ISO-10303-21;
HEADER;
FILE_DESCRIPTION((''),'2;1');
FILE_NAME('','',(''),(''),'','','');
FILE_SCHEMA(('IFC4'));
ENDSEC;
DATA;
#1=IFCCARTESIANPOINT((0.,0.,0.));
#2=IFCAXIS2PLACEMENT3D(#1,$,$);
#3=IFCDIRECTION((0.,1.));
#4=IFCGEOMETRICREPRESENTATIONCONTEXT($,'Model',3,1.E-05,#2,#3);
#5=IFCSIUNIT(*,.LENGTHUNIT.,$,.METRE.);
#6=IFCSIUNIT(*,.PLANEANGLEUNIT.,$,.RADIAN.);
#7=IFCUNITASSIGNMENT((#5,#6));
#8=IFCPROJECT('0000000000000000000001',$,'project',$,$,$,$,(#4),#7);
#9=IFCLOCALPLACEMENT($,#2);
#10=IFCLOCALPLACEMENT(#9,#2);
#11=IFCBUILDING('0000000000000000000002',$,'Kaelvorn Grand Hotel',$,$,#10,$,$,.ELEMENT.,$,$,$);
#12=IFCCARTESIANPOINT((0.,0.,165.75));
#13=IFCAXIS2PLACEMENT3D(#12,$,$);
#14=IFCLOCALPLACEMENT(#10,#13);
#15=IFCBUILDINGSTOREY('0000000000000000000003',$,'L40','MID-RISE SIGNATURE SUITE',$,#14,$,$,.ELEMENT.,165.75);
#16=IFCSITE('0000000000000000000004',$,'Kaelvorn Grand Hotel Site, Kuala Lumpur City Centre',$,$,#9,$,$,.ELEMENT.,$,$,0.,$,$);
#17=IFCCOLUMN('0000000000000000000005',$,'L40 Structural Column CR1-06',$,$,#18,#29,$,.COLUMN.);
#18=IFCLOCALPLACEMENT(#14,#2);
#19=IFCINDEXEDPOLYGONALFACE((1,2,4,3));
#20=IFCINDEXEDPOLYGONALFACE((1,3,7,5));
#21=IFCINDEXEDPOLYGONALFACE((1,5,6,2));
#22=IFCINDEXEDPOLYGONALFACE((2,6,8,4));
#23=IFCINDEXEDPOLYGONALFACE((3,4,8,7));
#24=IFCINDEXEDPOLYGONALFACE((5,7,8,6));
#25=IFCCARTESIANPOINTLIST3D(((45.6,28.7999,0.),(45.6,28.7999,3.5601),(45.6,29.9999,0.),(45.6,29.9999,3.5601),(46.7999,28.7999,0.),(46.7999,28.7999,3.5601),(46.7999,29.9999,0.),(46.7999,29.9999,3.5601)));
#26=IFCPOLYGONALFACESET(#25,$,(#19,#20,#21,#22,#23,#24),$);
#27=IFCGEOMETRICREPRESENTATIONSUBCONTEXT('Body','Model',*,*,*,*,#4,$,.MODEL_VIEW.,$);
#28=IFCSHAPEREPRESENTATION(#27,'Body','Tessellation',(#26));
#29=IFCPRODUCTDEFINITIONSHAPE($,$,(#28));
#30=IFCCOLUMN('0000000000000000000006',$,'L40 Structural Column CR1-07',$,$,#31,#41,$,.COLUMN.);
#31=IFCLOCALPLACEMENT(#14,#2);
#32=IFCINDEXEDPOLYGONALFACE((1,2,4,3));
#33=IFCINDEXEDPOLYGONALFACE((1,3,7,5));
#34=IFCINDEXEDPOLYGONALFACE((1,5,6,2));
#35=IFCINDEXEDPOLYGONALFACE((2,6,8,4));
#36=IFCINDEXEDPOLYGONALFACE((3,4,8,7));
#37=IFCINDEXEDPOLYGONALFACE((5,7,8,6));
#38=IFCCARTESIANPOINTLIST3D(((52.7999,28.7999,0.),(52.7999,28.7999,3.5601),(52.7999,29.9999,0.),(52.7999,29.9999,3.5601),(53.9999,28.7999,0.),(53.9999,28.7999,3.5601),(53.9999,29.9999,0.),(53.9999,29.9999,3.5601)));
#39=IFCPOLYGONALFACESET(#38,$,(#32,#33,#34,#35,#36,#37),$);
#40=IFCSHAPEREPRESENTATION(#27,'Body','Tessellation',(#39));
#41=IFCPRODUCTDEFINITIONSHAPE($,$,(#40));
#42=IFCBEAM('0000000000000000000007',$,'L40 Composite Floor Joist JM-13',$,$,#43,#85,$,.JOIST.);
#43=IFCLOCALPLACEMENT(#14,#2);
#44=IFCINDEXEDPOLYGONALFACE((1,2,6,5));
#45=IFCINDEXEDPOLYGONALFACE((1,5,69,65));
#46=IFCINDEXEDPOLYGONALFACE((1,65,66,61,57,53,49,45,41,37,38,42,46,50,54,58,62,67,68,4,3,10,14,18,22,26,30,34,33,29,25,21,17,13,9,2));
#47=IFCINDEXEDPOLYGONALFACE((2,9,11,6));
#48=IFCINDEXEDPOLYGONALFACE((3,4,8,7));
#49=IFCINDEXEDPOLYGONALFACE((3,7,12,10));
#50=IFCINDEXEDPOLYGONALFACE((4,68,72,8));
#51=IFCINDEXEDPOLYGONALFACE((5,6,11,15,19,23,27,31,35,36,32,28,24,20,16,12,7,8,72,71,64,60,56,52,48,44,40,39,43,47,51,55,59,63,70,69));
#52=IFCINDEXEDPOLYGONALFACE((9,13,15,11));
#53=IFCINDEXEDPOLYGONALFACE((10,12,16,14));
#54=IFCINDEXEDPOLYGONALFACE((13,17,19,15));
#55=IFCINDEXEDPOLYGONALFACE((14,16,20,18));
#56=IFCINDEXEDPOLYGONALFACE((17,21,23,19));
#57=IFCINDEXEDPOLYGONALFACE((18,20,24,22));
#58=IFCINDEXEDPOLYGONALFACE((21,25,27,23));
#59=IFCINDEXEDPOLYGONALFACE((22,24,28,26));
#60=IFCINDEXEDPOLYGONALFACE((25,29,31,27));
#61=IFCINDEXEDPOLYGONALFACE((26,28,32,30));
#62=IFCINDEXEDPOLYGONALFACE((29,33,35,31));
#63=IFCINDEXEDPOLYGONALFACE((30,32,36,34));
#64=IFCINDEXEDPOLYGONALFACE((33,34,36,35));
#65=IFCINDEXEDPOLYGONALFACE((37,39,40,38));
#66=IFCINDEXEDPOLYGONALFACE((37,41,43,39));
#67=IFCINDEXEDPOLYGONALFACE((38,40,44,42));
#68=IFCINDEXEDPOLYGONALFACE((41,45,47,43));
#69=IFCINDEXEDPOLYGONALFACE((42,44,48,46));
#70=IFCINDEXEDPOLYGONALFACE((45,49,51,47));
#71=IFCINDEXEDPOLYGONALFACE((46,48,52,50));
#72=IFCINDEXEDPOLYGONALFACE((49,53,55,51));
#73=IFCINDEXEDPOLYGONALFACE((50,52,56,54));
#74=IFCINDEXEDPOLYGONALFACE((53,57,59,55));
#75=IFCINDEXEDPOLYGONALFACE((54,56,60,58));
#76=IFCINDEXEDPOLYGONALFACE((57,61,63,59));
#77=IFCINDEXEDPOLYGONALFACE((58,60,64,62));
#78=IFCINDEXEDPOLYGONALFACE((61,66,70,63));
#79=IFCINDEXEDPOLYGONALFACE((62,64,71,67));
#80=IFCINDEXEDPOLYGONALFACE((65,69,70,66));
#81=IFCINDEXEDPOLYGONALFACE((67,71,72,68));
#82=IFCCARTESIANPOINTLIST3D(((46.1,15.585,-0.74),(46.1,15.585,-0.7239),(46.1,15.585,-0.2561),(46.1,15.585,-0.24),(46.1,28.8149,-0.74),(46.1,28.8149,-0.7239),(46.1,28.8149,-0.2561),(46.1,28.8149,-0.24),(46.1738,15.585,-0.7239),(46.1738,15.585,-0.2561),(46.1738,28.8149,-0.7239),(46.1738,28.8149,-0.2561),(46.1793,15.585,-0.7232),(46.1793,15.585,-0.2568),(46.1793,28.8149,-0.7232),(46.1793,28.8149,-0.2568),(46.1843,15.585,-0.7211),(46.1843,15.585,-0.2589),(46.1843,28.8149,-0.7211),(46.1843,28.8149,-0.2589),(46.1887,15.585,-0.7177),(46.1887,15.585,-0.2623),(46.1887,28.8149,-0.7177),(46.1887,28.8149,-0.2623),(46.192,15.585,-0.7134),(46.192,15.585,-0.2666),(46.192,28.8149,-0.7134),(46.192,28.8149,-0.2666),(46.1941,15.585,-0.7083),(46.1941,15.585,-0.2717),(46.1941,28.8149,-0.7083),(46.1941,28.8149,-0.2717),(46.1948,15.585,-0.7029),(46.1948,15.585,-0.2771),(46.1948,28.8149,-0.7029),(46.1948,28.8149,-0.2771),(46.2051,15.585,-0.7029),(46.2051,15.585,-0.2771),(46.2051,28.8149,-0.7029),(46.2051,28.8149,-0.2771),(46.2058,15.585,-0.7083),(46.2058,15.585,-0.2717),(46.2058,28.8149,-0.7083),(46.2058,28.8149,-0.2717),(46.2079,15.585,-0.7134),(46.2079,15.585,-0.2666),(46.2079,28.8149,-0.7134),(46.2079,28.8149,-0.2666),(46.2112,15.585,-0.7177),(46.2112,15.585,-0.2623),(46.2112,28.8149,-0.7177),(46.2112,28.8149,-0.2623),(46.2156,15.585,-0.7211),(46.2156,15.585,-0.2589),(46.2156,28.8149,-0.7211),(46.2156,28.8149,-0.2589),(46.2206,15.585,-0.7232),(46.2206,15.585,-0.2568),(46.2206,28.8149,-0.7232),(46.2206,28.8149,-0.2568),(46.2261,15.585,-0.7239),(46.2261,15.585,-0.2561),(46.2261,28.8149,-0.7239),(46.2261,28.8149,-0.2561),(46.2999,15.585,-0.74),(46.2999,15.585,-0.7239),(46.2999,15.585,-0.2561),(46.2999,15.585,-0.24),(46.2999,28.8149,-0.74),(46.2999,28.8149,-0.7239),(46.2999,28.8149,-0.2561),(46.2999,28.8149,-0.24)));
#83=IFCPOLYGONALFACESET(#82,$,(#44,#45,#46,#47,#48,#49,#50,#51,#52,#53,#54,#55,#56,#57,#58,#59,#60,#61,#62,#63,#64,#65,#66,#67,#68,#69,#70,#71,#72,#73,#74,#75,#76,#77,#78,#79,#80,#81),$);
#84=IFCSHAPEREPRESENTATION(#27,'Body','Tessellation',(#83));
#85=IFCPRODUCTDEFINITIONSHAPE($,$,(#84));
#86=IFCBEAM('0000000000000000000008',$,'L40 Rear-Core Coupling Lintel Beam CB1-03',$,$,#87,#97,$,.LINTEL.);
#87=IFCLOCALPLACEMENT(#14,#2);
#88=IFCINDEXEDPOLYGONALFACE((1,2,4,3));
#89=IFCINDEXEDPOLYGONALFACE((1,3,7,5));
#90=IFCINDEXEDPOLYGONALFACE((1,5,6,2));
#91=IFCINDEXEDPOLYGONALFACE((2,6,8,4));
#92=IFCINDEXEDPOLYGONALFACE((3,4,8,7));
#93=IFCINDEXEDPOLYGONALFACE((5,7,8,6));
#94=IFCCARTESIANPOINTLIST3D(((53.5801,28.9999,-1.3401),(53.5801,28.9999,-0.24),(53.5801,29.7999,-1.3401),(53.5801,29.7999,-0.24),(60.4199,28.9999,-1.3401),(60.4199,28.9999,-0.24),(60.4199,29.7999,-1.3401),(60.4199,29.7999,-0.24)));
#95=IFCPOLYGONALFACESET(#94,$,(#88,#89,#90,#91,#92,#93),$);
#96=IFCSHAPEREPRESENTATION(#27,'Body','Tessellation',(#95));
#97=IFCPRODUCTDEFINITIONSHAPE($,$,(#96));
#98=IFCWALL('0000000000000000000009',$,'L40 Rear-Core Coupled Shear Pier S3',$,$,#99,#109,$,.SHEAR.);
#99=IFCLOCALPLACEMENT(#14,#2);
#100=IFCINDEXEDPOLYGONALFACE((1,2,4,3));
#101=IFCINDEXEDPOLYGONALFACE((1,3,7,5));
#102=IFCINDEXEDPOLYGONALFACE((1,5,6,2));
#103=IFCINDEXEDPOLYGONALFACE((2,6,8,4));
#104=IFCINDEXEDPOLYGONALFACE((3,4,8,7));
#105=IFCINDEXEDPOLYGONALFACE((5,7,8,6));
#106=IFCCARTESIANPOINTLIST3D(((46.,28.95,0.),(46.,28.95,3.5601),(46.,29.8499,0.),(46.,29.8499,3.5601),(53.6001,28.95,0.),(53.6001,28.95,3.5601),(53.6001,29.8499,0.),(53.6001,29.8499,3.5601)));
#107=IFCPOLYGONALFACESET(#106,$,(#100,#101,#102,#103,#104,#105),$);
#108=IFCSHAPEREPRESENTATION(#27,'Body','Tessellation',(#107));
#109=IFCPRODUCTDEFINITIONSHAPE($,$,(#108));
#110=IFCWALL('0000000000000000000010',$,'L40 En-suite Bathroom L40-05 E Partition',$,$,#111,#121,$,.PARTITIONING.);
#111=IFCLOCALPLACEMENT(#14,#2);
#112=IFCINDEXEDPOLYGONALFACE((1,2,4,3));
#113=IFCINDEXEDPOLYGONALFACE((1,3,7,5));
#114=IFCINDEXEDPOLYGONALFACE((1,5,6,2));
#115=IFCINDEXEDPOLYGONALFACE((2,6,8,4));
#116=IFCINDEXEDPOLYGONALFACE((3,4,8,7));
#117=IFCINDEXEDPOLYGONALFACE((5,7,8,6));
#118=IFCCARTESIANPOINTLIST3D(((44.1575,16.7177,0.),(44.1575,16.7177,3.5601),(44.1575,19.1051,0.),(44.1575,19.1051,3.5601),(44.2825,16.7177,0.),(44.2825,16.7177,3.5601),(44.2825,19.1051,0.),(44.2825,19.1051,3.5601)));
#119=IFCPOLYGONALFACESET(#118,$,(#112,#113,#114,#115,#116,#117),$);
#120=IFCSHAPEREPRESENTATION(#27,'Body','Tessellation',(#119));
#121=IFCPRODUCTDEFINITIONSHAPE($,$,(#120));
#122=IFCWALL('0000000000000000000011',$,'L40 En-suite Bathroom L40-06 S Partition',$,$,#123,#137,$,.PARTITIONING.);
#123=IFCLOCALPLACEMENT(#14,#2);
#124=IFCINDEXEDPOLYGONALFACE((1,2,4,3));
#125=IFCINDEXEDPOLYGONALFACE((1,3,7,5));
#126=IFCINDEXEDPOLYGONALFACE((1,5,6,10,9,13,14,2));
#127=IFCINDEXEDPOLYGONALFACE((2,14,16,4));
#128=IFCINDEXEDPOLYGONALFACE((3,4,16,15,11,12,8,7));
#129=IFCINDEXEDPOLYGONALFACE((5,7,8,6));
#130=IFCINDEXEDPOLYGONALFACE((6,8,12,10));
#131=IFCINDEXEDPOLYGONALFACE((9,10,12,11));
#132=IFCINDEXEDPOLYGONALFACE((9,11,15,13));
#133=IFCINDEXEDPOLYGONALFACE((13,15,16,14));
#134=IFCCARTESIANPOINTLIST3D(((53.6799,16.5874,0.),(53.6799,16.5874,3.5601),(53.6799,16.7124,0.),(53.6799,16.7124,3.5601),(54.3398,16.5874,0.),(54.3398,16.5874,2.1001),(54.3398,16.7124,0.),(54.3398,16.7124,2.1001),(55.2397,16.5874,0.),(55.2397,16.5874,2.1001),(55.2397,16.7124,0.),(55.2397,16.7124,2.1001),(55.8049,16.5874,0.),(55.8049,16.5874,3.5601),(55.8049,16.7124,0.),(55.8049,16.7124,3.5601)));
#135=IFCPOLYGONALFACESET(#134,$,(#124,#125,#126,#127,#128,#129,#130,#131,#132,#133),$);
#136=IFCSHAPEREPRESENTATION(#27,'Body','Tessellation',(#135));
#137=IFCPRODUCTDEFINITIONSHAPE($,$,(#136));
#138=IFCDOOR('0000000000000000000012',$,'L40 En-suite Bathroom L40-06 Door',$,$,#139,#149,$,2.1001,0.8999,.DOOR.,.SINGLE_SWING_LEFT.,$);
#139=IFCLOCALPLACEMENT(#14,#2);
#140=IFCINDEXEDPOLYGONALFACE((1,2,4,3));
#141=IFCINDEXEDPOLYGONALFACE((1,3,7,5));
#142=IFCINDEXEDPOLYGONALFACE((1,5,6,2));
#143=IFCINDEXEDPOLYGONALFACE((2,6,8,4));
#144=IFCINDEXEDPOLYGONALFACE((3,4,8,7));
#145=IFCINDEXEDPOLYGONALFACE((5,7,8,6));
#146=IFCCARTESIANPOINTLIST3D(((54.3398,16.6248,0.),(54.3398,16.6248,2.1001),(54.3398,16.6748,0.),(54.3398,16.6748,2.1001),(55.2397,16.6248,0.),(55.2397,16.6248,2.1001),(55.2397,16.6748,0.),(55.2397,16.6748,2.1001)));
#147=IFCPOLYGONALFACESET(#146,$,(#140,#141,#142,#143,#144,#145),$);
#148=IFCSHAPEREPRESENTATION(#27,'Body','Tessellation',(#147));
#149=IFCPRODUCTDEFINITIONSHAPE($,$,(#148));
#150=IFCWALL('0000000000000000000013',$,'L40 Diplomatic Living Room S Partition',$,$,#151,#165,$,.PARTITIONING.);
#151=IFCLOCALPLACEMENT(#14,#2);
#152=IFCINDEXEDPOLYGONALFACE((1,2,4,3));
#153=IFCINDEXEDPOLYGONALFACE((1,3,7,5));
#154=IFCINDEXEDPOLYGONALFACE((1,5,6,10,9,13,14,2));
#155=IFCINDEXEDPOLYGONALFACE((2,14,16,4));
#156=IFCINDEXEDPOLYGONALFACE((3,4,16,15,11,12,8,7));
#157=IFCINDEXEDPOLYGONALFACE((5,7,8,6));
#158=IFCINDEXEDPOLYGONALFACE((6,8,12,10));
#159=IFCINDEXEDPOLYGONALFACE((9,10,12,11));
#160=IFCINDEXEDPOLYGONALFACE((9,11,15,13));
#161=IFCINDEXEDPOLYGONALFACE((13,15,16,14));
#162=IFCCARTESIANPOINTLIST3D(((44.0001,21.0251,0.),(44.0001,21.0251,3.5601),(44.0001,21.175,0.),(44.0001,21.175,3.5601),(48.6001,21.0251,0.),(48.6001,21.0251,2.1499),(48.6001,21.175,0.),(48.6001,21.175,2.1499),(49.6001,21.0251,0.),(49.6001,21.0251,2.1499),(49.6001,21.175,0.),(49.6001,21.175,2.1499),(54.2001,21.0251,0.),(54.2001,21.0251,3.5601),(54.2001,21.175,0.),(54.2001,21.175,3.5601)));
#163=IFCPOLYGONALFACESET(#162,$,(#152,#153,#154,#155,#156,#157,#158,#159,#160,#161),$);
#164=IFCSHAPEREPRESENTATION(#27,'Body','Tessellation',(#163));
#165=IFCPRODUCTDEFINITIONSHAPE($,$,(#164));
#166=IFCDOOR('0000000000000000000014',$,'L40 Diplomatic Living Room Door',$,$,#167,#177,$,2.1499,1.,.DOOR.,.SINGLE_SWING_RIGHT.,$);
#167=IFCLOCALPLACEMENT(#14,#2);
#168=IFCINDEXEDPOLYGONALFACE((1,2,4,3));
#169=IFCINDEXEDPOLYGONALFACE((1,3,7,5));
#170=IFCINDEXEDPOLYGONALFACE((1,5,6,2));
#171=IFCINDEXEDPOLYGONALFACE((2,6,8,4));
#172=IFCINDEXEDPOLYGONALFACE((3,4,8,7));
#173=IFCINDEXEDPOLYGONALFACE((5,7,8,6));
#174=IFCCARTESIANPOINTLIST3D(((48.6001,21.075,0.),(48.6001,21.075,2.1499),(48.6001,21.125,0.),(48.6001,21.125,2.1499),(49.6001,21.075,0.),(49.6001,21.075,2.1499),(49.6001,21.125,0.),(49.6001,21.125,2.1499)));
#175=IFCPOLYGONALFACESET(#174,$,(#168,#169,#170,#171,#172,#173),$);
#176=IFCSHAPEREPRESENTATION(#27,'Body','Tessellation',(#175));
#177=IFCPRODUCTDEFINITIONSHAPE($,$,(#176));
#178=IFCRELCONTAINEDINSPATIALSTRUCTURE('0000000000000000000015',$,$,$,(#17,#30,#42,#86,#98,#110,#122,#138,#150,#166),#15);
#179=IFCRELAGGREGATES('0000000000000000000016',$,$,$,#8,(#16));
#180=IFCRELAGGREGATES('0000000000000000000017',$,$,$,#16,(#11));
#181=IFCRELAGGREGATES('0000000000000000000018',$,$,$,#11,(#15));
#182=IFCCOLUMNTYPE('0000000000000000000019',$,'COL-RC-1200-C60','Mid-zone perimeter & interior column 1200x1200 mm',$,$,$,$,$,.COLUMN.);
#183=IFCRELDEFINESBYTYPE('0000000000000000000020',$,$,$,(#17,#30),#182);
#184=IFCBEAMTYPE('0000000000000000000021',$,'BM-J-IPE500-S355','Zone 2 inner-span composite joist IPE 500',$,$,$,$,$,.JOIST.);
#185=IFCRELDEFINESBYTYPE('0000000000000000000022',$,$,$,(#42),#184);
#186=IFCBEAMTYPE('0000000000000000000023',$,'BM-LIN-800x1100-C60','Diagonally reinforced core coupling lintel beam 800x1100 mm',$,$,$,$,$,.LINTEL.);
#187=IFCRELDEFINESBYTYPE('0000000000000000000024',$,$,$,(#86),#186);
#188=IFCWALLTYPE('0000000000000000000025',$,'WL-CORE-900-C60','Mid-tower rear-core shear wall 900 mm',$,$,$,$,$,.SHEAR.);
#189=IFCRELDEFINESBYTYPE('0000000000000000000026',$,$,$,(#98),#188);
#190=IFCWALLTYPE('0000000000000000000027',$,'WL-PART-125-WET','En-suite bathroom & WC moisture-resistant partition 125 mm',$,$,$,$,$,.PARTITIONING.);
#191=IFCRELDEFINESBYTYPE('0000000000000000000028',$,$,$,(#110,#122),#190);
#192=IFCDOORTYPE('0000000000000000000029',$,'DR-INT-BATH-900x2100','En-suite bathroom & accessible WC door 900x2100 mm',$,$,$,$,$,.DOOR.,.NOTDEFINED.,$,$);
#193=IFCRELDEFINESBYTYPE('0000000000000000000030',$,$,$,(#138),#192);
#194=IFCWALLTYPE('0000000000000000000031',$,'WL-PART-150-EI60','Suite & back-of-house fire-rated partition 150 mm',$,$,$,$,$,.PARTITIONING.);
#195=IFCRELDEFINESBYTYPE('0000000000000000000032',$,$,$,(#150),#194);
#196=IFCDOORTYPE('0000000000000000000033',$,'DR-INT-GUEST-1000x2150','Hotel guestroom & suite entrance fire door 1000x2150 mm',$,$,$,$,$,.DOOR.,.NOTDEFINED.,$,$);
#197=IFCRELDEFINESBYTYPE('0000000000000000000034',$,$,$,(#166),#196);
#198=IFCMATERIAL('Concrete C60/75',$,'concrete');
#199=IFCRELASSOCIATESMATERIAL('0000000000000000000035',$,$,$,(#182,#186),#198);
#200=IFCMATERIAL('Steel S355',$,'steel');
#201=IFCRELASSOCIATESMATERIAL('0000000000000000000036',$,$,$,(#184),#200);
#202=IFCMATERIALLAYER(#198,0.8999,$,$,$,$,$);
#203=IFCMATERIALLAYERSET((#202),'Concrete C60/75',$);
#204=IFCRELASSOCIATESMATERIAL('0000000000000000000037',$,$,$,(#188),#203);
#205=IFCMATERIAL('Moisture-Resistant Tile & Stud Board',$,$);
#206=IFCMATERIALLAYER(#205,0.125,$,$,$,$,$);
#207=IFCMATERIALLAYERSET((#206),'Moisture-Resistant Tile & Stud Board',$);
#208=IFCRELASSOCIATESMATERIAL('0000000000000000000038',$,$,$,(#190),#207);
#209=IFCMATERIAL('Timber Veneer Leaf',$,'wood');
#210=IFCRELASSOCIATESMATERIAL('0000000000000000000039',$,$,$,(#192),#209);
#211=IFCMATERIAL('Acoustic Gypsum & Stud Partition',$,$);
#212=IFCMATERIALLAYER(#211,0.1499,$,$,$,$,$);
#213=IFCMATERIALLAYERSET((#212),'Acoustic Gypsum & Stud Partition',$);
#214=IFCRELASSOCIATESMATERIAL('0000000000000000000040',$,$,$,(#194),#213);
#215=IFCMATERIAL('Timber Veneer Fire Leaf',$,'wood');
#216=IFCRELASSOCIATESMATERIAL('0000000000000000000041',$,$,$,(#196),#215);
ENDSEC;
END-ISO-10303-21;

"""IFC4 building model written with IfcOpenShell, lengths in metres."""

from ifc_helpers import new_model, si_unit, direction, frame, frame_2d, origin, origin_2d, place, context, subcontext, project, spatial, rectangle, i_section, extrude, material, layer, layer_set, material_profile, profile_set, type_object, element, fill, save


model = new_model("IFC4")

# Units and contexts
model_context = context("Model", 3, precision=1e-05, world=origin(), true_north=direction((0.0, 1.0)))
body_context = subcontext(model_context, "Body", "Model", "MODEL_VIEW")
ifc_project = project(units=[si_unit("LENGTHUNIT", "METRE"), si_unit("PLANEANGLEUNIT", "RADIAN")], contexts=[model_context])

# Site, building, storey
site_placement = place(None, origin())
site = spatial("IfcSite", under=ifc_project, at=site_placement, Name="Kaelvorn Grand Hotel Site, Kuala Lumpur City Centre", CompositionType="ELEMENT", RefElevation=0.0)
building_placement = place(site_placement, origin())
building = spatial("IfcBuilding", under=site, at=building_placement, Name="Kaelvorn Grand Hotel", CompositionType="ELEMENT")
storey_placement = place(building_placement, frame((0.0, 0.0, 165.75)))
storey = spatial("IfcBuildingStorey", under=building, at=storey_placement, Name="L40", Description="MID-RISE SIGNATURE SUITE", CompositionType="ELEMENT", Elevation=165.75)

# Columns
ifc_material_1 = material(Name="Concrete C60/75", Category="concrete")
ifc_material_profile_1 = material_profile(ifc_material_1, rectangle(XDim=1.2, YDim=1.2, at=origin_2d()), Name="RC COL 1200x1200")
ifc_profile_set_1 = profile_set([ifc_material_profile_1], Name="Concrete C60/75")
column_type = type_object("IfcColumnType", Name="COL-RC-1200-C60", Description="Mid-zone perimeter & interior column 1200x1200 mm", PredefinedType="COLUMN", material=ifc_profile_set_1)
for number, where, z_axis, x_axis, name in (
    (1, (46.2, 29.3999, 0.0), (0.0, 0.0, 1.0), (1.0, 0.0, 0.0), "L40 Structural Column CR1-06"),
    (2, (53.3999, 29.3999, 0.0), (0.0, 0.0, 1.0), (1.0, 0.0, 0.0), "L40 Structural Column CR1-07"),
):
    element("IfcColumn", number, at=place(storey_placement, frame(where, z_axis=z_axis, x_axis=x_axis)), inside=storey, type_object=column_type, Name=name, PredefinedType="COLUMN", context=body_context, shape_type="SweptSolid", body=[
        extrude(rectangle(XDim=1.2, YDim=1.2, at=origin_2d()), origin(), (0.0, 0.0, 1.0), 3.5601),
    ])

# Beams
ifc_material_2 = material(Name="Steel S355", Category="steel")
ifc_material_profile_2 = material_profile(ifc_material_2, i_section(OverallWidth=0.2, OverallDepth=0.5, WebThickness=0.0103, FlangeThickness=0.0161, FilletRadius=0.021, at=origin_2d()), Name="IPE 500")
ifc_profile_set_2 = profile_set([ifc_material_profile_2], Name="Steel S355")
beam_type_1 = type_object("IfcBeamType", Name="BM-J-IPE500-S355", Description="Zone 2 inner-span composite joist IPE 500", PredefinedType="JOIST", material=ifc_profile_set_2)
beam_1_placement = place(storey_placement, frame((46.2, 15.585, -0.49), z_axis=(0.0, 1.0, 0.0), x_axis=(-1.0, 0.0, 0.0)))
element("IfcBeam", 3, at=beam_1_placement, inside=storey, type_object=beam_type_1, Name="L40 Composite Floor Joist JM-13", PredefinedType="JOIST", context=body_context, shape_type="SweptSolid", body=[
    extrude(i_section(OverallWidth=0.2, OverallDepth=0.5, WebThickness=0.0103, FlangeThickness=0.0161, FilletRadius=0.021, at=origin_2d()), origin(), (0.0, 0.0, 1.0), 13.23),
])
ifc_material_profile_3 = material_profile(ifc_material_1, rectangle(XDim=0.8, YDim=1.1001, at=origin_2d()), Name="RC LINTEL 800x1100")
ifc_profile_set_3 = profile_set([ifc_material_profile_3], Name="Concrete C60/75")
beam_type_2 = type_object("IfcBeamType", Name="BM-LIN-800x1100-C60", Description="Diagonally reinforced core coupling lintel beam 800x1100 mm", PredefinedType="LINTEL", material=ifc_profile_set_3)
beam_2_placement = place(storey_placement, frame((53.5801, 29.3999, -0.79), z_axis=(1.0, 0.0, 0.0), x_axis=(0.0, 1.0, 0.0)))
element("IfcBeam", 4, at=beam_2_placement, inside=storey, type_object=beam_type_2, Name="L40 Rear-Core Coupling Lintel Beam CB1-03", PredefinedType="LINTEL", context=body_context, shape_type="SweptSolid", body=[
    extrude(rectangle(XDim=0.8, YDim=1.1001, at=origin_2d()), origin(), (0.0, 0.0, 1.0), 6.8398),
])

# Walls
ifc_layer_1 = layer(ifc_material_1, 0.8999)
ifc_layer_set_1 = layer_set([ifc_layer_1], Name="Concrete C60/75")
wall_type_1 = type_object("IfcWallType", Name="WL-CORE-900-C60", Description="Mid-tower rear-core shear wall 900 mm", PredefinedType="SHEAR", material=ifc_layer_set_1)
wall_1_placement = place(storey_placement, frame((46.0, 29.3999, 0.0), z_axis=(0.0, 0.0, 1.0), x_axis=(1.0, 0.0, 0.0)))
element("IfcWall", 5, at=wall_1_placement, inside=storey, type_object=wall_type_1, Name="L40 Rear-Core Coupled Shear Pier S3", PredefinedType="SHEAR", context=body_context, shape_type="SweptSolid", body=[
    extrude(rectangle(XDim=7.6001, YDim=0.8999, at=frame_2d((3.8, 0.0))), origin(), (0.0, 0.0, 1.0), 3.5601),
])
ifc_material_3 = material(Name="Moisture-Resistant Tile & Stud Board")
ifc_layer_2 = layer(ifc_material_3, 0.125)
ifc_layer_set_2 = layer_set([ifc_layer_2], Name="Moisture-Resistant Tile & Stud Board")
wall_type_2 = type_object("IfcWallType", Name="WL-PART-125-WET", Description="En-suite bathroom & WC moisture-resistant partition 125 mm", PredefinedType="PARTITIONING", material=ifc_layer_set_2)
wall_2_placement = place(storey_placement, frame((44.22, 16.7175, 0.0), z_axis=(0.0, 0.0, 1.0), x_axis=(0.0, 1.0, 0.0)))
element("IfcWall", 6, at=wall_2_placement, inside=storey, type_object=wall_type_2, Name="L40 En-suite Bathroom L40-05 E Partition", PredefinedType="PARTITIONING", context=body_context, shape_type="SweptSolid", body=[
    extrude(rectangle(XDim=2.3875, YDim=0.125, at=frame_2d((1.1938, 0.0))), origin(), (0.0, 0.0, 1.0), 3.5601),
])

# Walls, openings, doors
wall_3_placement = place(storey_placement, frame((53.6799, 16.6499, 0.0), z_axis=(0.0, 0.0, 1.0), x_axis=(1.0, 0.0, 0.0)))
wall_3 = element("IfcWall", 7, at=wall_3_placement, inside=storey, type_object=wall_type_2, Name="L40 En-suite Bathroom L40-06 S Partition", PredefinedType="PARTITIONING", context=body_context, shape_type="SweptSolid", body=[
    extrude(rectangle(XDim=2.125, YDim=0.125, at=frame_2d((1.0625, 0.0))), origin(), (0.0, 0.0, 1.0), 3.5601),
])
opening_1_placement = place(wall_3_placement, frame((0.6599, 0.0, 0.0)))
opening_1 = element("IfcOpeningElement", 8, at=opening_1_placement, cuts=wall_3, PredefinedType="OPENING", context=body_context, shape_type="SweptSolid", body=[
    extrude(rectangle(XDim=0.8999, YDim=2.1001, at=frame_2d((0.45, 1.05))), frame((0.0, 0.0725, 0.0), z_axis=(0.0, -1.0, 0.0), x_axis=(1.0, 0.0, 0.0)), (0.0, 0.0, 1.0), 0.145),
])
ifc_material_4 = material(Name="Timber Veneer Leaf", Category="wood")
door_type_1 = type_object("IfcDoorType", Name="DR-INT-BATH-900x2100", Description="En-suite bathroom & accessible WC door 900x2100 mm", OperationType="NOTDEFINED", PredefinedType="DOOR", material=ifc_material_4)
door_1_placement = place(opening_1_placement, origin())
door_1 = element("IfcDoor", 9, at=door_1_placement, inside=storey, type_object=door_type_1, Name="L40 En-suite Bathroom L40-06 Door", OperationType="SINGLE_SWING_LEFT", OverallHeight=2.1001, OverallWidth=0.8999, PredefinedType="DOOR", context=body_context, shape_type="SweptSolid", body=[
    extrude(rectangle(XDim=0.8999, YDim=2.1001, at=frame_2d((0.45, 1.05))), frame((0.0, 0.0249, 0.0), z_axis=(0.0, -1.0, 0.0), x_axis=(1.0, 0.0, 0.0)), (0.0, 0.0, 1.0), 0.05),
])
fill(opening_1, door_1)
ifc_material_5 = material(Name="Acoustic Gypsum & Stud Partition")
ifc_layer_3 = layer(ifc_material_5, 0.1499)
ifc_layer_set_3 = layer_set([ifc_layer_3], Name="Acoustic Gypsum & Stud Partition")
wall_type_3 = type_object("IfcWallType", Name="WL-PART-150-EI60", Description="Suite & back-of-house fire-rated partition 150 mm", PredefinedType="PARTITIONING", material=ifc_layer_set_3)
wall_4_placement = place(storey_placement, frame((44.0, 21.1001, 0.0), z_axis=(0.0, 0.0, 1.0), x_axis=(1.0, 0.0, 0.0)))
wall_4 = element("IfcWall", 10, at=wall_4_placement, inside=storey, type_object=wall_type_3, Name="L40 Diplomatic Living Room S Partition", PredefinedType="PARTITIONING", context=body_context, shape_type="SweptSolid", body=[
    extrude(rectangle(XDim=10.2, YDim=0.1499, at=frame_2d((5.1001, 0.0))), origin(), (0.0, 0.0, 1.0), 3.5601),
])
opening_2_placement = place(wall_4_placement, frame((4.6001, 0.0, 0.0)))
opening_2 = element("IfcOpeningElement", 11, at=opening_2_placement, cuts=wall_4, PredefinedType="OPENING", context=body_context, shape_type="SweptSolid", body=[
    extrude(rectangle(XDim=1.0, YDim=2.1499, at=frame_2d((0.5, 1.075))), frame((0.0, 0.085, 0.0), z_axis=(0.0, -1.0, 0.0), x_axis=(1.0, 0.0, 0.0)), (0.0, 0.0, 1.0), 0.1699),
])
ifc_material_6 = material(Name="Timber Veneer Fire Leaf", Category="wood")
door_type_2 = type_object("IfcDoorType", Name="DR-INT-GUEST-1000x2150", Description="Hotel guestroom & suite entrance fire door 1000x2150 mm", OperationType="NOTDEFINED", PredefinedType="DOOR", material=ifc_material_6)
door_2_placement = place(opening_2_placement, origin())
door_2 = element("IfcDoor", 12, at=door_2_placement, inside=storey, type_object=door_type_2, Name="L40 Diplomatic Living Room Door", OperationType="SINGLE_SWING_RIGHT", OverallHeight=2.1499, OverallWidth=1.0, PredefinedType="DOOR", context=body_context, shape_type="SweptSolid", body=[
    extrude(rectangle(XDim=1.0, YDim=2.1499, at=frame_2d((0.5, 1.075))), frame((0.0, 0.0249, 0.0), z_axis=(0.0, -1.0, 0.0), x_axis=(1.0, 0.0, 0.0)), (0.0, 0.0, 1.0), 0.05),
])
fill(opening_2, door_2)

save(model, "model.ifc")
